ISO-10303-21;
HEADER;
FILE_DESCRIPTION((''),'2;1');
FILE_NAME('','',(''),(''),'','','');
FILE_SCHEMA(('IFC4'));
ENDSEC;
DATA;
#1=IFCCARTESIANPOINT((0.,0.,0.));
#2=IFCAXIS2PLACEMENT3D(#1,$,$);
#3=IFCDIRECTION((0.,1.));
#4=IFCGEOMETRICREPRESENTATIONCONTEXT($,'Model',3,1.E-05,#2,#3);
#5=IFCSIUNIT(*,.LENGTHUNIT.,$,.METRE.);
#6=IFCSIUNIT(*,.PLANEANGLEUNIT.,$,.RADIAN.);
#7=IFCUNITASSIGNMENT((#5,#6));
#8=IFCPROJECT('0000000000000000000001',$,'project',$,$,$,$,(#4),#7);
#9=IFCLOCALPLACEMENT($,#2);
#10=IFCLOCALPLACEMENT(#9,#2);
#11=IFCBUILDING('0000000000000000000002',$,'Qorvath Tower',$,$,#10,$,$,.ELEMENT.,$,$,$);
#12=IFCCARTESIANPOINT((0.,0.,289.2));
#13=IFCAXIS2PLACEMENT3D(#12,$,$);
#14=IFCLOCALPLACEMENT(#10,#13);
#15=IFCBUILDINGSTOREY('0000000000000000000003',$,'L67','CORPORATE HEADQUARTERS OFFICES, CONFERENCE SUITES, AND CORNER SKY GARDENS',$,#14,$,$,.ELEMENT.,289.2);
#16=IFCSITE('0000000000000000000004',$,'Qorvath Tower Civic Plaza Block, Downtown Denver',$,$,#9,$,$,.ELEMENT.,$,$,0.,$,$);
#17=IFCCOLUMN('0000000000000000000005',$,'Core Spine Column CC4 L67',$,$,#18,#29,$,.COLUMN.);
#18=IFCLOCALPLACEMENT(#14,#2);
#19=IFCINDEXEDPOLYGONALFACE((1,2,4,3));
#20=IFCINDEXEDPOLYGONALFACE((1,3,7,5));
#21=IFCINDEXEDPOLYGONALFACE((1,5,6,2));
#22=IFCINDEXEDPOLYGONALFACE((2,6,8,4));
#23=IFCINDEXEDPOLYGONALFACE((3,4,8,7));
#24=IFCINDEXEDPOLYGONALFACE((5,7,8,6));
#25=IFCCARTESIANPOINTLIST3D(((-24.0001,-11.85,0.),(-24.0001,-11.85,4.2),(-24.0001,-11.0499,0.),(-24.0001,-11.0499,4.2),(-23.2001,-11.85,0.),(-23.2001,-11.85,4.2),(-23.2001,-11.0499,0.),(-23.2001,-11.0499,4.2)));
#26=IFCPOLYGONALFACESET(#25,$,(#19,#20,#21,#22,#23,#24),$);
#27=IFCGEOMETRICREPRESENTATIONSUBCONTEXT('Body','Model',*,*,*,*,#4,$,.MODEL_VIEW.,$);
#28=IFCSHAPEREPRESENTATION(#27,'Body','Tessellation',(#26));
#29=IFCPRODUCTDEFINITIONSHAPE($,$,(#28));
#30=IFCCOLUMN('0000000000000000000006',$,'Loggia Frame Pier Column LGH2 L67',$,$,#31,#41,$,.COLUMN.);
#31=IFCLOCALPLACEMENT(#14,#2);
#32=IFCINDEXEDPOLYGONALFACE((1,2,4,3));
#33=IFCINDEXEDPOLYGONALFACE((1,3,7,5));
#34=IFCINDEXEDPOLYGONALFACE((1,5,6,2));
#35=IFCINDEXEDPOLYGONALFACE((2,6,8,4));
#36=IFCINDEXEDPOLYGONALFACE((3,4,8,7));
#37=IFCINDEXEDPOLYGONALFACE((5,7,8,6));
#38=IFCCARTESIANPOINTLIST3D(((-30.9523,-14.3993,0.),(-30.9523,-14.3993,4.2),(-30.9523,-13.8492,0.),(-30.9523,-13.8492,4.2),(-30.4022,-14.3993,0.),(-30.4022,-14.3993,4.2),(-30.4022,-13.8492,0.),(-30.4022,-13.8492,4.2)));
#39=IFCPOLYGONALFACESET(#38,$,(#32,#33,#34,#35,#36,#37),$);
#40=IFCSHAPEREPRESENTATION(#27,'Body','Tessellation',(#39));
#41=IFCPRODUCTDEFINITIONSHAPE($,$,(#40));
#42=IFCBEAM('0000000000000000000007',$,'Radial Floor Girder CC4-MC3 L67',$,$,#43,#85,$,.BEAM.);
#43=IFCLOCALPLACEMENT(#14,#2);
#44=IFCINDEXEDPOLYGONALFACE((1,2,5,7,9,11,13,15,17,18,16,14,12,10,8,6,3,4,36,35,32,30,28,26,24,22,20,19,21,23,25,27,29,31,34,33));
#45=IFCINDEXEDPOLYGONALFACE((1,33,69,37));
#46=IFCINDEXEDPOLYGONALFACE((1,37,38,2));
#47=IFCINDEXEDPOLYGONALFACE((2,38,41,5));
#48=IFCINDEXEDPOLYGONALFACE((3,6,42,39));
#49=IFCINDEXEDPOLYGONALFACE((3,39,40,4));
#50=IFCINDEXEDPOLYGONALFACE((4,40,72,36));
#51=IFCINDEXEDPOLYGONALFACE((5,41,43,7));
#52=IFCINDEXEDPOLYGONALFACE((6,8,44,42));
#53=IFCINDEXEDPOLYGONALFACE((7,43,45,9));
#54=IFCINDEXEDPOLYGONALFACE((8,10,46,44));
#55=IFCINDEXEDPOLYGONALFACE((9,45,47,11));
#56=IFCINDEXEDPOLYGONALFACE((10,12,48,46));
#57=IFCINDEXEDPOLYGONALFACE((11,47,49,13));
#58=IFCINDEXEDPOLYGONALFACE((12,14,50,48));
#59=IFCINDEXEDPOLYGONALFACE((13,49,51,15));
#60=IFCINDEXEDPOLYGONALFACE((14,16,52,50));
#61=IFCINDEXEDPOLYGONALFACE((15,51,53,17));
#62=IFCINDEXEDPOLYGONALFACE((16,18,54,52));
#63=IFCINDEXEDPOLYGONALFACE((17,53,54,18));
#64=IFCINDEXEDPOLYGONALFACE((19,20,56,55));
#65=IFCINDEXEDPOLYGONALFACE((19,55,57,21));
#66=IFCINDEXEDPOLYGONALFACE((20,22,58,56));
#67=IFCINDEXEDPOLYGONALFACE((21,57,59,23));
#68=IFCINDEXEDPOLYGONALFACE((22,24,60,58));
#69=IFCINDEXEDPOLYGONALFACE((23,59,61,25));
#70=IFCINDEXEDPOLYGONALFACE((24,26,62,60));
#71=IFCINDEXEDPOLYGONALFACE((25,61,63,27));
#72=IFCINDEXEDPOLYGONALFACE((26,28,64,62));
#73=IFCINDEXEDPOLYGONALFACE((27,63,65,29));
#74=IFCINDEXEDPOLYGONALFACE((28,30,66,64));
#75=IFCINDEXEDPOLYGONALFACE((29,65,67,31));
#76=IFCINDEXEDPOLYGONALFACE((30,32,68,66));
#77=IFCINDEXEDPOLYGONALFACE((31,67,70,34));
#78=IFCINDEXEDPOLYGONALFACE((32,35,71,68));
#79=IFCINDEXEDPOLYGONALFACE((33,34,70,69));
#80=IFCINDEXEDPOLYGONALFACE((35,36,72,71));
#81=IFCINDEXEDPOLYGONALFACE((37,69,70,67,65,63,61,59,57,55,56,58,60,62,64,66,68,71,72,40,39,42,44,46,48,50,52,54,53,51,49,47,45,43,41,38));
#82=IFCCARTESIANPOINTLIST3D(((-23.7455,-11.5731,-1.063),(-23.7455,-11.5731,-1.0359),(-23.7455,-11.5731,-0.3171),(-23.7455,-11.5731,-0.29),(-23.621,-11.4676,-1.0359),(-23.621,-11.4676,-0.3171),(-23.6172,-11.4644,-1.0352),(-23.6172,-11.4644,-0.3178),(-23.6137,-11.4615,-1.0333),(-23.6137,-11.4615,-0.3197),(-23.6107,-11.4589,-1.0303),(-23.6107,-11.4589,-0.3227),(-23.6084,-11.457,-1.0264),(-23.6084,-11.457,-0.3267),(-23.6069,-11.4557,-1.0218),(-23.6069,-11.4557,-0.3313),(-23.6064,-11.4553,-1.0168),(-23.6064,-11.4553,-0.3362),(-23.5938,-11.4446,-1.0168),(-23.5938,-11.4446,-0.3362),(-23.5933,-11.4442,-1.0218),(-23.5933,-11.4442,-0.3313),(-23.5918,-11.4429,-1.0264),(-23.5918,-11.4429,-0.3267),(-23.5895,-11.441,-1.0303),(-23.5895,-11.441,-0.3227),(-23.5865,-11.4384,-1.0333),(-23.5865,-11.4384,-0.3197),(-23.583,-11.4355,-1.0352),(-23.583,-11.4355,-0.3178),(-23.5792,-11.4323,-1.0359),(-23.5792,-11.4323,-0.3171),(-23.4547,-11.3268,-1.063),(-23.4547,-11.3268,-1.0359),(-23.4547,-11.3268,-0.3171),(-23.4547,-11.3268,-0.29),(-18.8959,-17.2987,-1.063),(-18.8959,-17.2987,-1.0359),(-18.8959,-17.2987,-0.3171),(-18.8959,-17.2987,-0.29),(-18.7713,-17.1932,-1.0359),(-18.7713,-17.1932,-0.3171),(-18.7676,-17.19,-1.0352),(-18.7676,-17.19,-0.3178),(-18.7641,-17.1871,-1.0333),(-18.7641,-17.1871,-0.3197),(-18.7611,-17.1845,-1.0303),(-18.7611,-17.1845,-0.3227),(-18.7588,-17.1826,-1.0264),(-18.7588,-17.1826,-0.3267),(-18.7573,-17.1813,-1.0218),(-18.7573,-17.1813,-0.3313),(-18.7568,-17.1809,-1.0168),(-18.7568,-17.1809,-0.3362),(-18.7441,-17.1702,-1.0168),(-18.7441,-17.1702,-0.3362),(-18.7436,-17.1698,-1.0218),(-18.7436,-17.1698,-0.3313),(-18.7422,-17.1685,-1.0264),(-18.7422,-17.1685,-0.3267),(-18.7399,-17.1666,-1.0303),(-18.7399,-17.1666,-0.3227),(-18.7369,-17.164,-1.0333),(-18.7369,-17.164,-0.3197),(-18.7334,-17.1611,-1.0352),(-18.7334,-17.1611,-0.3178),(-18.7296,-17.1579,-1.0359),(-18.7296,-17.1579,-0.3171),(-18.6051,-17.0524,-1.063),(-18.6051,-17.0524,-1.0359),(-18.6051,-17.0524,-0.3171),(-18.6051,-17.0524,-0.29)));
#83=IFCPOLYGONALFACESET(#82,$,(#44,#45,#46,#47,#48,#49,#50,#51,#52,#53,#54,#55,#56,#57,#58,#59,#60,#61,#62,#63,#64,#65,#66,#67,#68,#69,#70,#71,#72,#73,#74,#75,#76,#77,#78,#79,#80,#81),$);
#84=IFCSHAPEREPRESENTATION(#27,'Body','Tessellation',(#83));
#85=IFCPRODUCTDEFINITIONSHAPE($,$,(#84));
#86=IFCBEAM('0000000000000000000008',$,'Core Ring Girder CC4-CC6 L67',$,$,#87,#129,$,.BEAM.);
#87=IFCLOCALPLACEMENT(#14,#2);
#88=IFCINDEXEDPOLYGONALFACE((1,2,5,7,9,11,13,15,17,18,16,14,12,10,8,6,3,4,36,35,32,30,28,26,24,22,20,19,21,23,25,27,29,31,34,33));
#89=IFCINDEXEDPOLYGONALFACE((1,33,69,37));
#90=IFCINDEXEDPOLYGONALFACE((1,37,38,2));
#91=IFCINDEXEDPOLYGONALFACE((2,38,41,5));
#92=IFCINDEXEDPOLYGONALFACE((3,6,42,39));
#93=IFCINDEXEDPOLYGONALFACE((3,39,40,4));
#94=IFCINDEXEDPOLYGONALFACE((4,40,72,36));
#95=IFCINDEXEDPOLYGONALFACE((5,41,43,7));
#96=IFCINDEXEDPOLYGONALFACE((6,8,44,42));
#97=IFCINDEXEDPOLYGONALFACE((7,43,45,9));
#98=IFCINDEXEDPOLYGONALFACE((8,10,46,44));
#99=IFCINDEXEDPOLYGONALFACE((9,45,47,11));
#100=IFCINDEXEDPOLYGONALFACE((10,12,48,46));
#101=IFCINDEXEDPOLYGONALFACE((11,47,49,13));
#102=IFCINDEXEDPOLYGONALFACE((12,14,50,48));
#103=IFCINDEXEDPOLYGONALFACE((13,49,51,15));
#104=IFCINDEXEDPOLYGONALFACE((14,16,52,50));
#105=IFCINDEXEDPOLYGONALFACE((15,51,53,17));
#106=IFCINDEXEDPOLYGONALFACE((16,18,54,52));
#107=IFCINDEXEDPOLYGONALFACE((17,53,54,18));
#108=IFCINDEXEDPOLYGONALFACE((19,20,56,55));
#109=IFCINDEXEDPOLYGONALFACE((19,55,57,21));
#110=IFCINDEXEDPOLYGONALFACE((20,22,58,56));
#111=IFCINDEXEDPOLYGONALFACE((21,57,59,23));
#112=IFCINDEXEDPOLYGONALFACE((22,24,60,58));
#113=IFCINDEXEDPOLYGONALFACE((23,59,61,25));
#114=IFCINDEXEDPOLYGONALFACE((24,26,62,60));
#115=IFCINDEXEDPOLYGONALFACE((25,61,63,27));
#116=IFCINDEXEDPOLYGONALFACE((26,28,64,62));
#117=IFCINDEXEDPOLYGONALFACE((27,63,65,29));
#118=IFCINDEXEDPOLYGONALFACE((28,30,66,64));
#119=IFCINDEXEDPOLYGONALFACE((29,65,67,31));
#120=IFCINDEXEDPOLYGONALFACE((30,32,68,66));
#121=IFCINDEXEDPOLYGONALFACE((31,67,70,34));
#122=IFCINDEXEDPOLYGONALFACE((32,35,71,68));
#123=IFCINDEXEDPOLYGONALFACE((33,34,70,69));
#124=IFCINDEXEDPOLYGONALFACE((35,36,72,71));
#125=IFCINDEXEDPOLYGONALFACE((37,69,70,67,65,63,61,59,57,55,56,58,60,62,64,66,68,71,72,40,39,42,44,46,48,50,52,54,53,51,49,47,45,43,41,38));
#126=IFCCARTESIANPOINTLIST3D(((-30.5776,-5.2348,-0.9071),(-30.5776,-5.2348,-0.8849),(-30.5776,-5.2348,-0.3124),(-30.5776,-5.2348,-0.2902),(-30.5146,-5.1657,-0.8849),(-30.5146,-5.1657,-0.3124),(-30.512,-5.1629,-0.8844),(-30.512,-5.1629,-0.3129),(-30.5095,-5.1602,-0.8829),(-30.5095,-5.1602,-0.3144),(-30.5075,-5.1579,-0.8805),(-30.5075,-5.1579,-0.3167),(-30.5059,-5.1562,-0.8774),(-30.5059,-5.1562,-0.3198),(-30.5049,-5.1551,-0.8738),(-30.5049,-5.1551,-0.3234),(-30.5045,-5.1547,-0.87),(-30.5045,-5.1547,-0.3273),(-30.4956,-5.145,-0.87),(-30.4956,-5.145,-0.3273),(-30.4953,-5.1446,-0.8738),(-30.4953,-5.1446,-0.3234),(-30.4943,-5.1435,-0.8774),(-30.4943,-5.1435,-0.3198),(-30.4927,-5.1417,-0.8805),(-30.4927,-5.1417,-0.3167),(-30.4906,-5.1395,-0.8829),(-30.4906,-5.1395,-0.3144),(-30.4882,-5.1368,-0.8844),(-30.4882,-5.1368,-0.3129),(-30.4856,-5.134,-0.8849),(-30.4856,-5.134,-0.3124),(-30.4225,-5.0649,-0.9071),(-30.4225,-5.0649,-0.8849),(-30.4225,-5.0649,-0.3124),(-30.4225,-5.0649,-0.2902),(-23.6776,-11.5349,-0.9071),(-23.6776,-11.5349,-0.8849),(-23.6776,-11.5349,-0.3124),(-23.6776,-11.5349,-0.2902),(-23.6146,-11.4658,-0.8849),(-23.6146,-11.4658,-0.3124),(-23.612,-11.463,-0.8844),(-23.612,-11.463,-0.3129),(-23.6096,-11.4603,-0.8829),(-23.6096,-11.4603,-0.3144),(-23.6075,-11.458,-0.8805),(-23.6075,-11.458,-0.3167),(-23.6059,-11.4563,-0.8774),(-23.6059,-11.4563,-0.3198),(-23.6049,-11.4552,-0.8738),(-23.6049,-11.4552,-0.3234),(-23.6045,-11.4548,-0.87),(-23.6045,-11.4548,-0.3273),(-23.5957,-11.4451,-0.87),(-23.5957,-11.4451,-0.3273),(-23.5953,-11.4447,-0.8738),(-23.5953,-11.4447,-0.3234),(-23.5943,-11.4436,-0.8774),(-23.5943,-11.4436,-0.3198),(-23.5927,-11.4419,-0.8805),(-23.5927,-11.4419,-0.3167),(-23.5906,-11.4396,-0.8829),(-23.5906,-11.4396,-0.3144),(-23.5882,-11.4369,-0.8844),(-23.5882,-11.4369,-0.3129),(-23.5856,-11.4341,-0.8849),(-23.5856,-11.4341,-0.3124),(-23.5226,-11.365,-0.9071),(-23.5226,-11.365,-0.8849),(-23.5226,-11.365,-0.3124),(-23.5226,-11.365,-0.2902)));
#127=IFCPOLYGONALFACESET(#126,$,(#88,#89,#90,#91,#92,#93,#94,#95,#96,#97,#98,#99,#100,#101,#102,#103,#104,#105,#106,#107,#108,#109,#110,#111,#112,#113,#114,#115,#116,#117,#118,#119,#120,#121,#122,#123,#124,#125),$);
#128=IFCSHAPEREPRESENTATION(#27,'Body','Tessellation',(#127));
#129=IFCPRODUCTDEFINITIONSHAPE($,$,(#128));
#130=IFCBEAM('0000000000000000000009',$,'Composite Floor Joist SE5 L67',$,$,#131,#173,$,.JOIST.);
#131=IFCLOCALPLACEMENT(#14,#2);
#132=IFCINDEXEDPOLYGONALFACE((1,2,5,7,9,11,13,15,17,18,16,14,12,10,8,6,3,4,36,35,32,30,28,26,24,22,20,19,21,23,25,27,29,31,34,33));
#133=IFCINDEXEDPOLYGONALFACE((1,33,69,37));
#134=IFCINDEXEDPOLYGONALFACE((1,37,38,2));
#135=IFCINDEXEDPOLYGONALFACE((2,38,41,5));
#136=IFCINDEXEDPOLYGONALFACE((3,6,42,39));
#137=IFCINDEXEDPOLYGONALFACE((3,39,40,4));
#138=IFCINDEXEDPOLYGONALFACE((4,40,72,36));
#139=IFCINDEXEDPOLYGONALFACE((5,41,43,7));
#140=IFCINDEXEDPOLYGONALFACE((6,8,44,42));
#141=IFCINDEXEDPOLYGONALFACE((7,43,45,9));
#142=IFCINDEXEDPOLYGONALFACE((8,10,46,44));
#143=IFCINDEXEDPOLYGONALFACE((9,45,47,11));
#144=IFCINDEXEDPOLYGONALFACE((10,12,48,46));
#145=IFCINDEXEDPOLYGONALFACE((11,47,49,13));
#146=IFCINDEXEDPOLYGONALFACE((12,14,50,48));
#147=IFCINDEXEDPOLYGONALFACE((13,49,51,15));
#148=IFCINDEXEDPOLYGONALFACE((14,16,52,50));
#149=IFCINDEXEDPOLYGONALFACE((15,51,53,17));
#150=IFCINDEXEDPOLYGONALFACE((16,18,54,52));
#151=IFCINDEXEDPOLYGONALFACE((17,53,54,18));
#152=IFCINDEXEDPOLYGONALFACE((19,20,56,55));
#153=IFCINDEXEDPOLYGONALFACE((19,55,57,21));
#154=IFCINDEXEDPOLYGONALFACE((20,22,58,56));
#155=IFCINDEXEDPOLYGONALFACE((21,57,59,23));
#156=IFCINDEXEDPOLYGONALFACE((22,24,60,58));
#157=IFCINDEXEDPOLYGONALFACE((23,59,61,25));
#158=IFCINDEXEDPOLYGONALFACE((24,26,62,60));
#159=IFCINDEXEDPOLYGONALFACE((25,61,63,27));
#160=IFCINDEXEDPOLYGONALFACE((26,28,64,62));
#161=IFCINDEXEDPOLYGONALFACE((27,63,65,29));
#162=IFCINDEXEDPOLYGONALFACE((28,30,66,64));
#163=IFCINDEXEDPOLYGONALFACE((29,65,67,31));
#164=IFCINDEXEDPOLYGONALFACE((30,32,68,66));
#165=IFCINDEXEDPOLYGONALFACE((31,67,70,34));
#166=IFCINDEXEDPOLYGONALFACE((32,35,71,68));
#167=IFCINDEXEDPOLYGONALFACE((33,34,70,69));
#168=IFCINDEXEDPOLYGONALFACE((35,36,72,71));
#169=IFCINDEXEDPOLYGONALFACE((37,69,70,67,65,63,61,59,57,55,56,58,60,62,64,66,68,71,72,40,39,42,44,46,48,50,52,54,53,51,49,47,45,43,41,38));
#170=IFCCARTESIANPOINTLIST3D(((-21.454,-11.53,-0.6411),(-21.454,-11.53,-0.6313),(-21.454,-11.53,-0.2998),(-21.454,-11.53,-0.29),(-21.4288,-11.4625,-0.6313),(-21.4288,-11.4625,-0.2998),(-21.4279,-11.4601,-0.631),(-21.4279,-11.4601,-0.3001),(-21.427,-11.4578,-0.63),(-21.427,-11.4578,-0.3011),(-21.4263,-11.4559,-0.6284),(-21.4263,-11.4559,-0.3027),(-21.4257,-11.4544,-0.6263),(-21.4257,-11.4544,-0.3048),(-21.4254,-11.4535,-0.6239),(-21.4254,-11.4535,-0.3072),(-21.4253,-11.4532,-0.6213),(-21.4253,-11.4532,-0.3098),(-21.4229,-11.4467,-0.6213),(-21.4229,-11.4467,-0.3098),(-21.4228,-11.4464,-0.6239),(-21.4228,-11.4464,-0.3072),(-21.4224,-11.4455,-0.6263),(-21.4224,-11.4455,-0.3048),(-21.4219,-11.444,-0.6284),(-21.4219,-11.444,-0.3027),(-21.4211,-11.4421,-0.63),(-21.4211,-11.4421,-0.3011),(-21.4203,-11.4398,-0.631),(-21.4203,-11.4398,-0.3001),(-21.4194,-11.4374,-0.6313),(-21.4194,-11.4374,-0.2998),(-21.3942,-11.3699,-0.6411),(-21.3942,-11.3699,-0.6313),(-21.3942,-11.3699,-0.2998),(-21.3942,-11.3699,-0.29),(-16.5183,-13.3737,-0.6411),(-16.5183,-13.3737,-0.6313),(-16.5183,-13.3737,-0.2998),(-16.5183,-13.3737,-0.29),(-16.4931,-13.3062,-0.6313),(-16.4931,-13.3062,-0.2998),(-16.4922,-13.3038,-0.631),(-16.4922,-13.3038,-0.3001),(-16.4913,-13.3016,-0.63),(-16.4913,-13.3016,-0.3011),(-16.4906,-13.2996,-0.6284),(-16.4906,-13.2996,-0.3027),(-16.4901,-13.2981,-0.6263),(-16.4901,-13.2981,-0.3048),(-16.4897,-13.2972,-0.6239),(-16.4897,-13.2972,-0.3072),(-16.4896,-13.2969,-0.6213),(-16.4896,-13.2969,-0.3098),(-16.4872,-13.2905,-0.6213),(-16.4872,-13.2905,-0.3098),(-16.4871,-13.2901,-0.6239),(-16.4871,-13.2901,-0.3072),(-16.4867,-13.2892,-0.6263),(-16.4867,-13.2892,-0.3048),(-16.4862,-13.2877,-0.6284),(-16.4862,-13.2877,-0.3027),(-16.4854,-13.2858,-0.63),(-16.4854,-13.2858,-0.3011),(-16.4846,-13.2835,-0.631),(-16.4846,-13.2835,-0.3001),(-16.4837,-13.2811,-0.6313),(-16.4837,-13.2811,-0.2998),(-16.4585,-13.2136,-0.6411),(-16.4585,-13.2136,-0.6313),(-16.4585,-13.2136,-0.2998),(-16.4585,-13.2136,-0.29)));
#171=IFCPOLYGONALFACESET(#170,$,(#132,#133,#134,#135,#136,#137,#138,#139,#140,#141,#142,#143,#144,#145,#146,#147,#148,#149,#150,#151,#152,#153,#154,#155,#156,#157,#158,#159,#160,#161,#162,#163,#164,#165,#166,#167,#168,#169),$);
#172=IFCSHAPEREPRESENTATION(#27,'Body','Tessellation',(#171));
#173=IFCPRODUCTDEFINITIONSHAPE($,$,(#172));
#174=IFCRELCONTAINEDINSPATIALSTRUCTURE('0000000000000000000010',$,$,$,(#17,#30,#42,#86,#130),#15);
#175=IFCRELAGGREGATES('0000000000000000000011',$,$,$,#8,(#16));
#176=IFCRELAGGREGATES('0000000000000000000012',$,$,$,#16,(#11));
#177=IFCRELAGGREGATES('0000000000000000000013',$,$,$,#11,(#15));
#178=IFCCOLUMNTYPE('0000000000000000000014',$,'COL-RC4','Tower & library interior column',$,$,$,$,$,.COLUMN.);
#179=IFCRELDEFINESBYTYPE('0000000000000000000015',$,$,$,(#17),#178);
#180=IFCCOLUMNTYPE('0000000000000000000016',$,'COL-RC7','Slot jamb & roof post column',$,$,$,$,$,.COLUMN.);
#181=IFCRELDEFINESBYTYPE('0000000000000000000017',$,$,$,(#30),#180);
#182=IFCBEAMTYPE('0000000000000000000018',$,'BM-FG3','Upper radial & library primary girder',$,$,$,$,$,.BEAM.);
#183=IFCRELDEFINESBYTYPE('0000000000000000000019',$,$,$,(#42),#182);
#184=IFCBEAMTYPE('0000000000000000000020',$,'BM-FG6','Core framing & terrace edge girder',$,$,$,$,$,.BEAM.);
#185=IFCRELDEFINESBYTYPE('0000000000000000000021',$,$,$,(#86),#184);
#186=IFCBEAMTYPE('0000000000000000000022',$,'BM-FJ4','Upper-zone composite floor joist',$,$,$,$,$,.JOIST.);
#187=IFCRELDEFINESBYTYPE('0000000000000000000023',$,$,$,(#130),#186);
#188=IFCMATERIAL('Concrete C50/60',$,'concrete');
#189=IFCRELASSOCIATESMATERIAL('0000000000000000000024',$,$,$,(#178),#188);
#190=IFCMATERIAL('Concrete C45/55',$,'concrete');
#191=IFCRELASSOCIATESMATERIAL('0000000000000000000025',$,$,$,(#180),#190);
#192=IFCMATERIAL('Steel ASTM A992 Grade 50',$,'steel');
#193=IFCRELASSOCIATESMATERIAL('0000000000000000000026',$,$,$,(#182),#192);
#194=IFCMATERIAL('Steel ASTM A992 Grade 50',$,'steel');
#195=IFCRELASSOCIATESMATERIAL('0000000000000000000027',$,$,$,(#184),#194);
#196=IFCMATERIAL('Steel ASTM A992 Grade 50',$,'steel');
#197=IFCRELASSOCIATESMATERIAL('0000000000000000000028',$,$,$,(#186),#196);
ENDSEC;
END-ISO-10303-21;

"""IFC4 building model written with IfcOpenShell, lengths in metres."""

from ifc_helpers import new_model, si_unit, direction, frame, origin, origin_2d, place, context, subcontext, project, spatial, rectangle, i_section, extrude, material, material_profile, profile_set, type_object, element, save


model = new_model("IFC4")

# Units and contexts
model_context = context("Model", 3, precision=1e-05, world=origin(), true_north=direction((0.0, 1.0)))
body_context = subcontext(model_context, "Body", "Model", "MODEL_VIEW")
ifc_project = project(units=[si_unit("LENGTHUNIT", "METRE"), si_unit("PLANEANGLEUNIT", "RADIAN")], contexts=[model_context])

# Site, building, storey
site_placement = place(None, origin())
site = spatial("IfcSite", under=ifc_project, at=site_placement, Name="Qorvath Tower Civic Plaza Block, Downtown Denver", CompositionType="ELEMENT", RefElevation=0.0)
building_placement = place(site_placement, origin())
building = spatial("IfcBuilding", under=site, at=building_placement, Name="Qorvath Tower", CompositionType="ELEMENT")
storey_placement = place(building_placement, frame((0.0, 0.0, 289.2)))
storey = spatial("IfcBuildingStorey", under=building, at=storey_placement, Name="L67", Description="CORPORATE HEADQUARTERS OFFICES, CONFERENCE SUITES, AND CORNER SKY GARDENS", CompositionType="ELEMENT", Elevation=289.2)

# Columns
ifc_material_1 = material(Name="Concrete C50/60", Category="concrete")
ifc_material_profile_1 = material_profile(ifc_material_1, rectangle(XDim=0.8, YDim=0.8, at=origin_2d()), Name="RC 800x800")
ifc_profile_set_1 = profile_set([ifc_material_profile_1], Name="Concrete C50/60")
column_type_1 = type_object("IfcColumnType", Name="COL-RC4", Description="Tower & library interior column", PredefinedType="COLUMN", material=ifc_profile_set_1)
column_1_placement = place(storey_placement, frame((-23.6001, -11.45, 0.0), z_axis=(0.0, 0.0, 1.0), x_axis=(1.0, 0.0, 0.0)))
element("IfcColumn", 1, at=column_1_placement, inside=storey, type_object=column_type_1, Name="Core Spine Column CC4 L67", PredefinedType="COLUMN", context=body_context, shape_type="SweptSolid", body=[
    extrude(rectangle(XDim=0.8, YDim=0.8, at=origin_2d()), origin(), (0.0, 0.0, 1.0), 4.2),
])
ifc_material_2 = material(Name="Concrete C45/55", Category="concrete")
ifc_material_profile_2 = material_profile(ifc_material_2, rectangle(XDim=0.55, YDim=0.55, at=origin_2d()), Name="RC 550x550")
ifc_profile_set_2 = profile_set([ifc_material_profile_2], Name="Concrete C45/55")
column_type_2 = type_object("IfcColumnType", Name="COL-RC7", Description="Slot jamb & roof post column", PredefinedType="COLUMN", material=ifc_profile_set_2)
column_2_placement = place(storey_placement, frame((-30.6772, -14.1243, 0.0), z_axis=(0.0, 0.0, 1.0), x_axis=(1.0, 0.0, 0.0)))
element("IfcColumn", 2, at=column_2_placement, inside=storey, type_object=column_type_2, Name="Loggia Frame Pier Column LGH2 L67", PredefinedType="COLUMN", context=body_context, shape_type="SweptSolid", body=[
    extrude(rectangle(XDim=0.55, YDim=0.55, at=origin_2d()), origin(), (0.0, 0.0, 1.0), 4.2),
])

# Beams
ifc_material_3 = material(Name="Steel ASTM A992 Grade 50", Category="steel")
ifc_material_profile_3 = material_profile(ifc_material_3, i_section(OverallWidth=0.3811, OverallDepth=0.7729, WebThickness=0.0166, FlangeThickness=0.0271, FilletRadius=0.019, at=origin_2d()), Name="W30x173")
ifc_profile_set_3 = profile_set([ifc_material_profile_3], Name="Steel ASTM A992 Grade 50")
beam_type_1 = type_object("IfcBeamType", Name="BM-FG3", Description="Upper radial & library primary girder", PredefinedType="BEAM", material=ifc_profile_set_3)
beam_1_placement = place(storey_placement, frame((-23.6001, -11.45, -0.6765), z_axis=(0.646321, -0.763065, 0.0), x_axis=(0.763065, 0.646321, 0.0)))
element("IfcBeam", 3, at=beam_1_placement, inside=storey, type_object=beam_type_1, Name="Radial Floor Girder CC4-MC3 L67", PredefinedType="BEAM", context=body_context, shape_type="SweptSolid", body=[
    extrude(i_section(OverallWidth=0.3811, OverallDepth=0.7729, WebThickness=0.0166, FlangeThickness=0.0271, FilletRadius=0.019, at=origin_2d()), origin(), (0.0, 0.0, 1.0), 7.5034),
])
ifc_material_4 = material(Name="Steel ASTM A992 Grade 50", Category="steel")
ifc_material_profile_4 = material_profile(ifc_material_4, i_section(OverallWidth=0.23, OverallDepth=0.6169, WebThickness=0.0132, FlangeThickness=0.0222, FilletRadius=0.0149, at=origin_2d()), Name="W24x94")
ifc_profile_set_4 = profile_set([ifc_material_profile_4], Name="Steel ASTM A992 Grade 50")
beam_type_2 = type_object("IfcBeamType", Name="BM-FG6", Description="Core framing & terrace edge girder", PredefinedType="BEAM", material=ifc_profile_set_4)
beam_2_placement = place(storey_placement, frame((-23.6001, -11.45, -0.5986), z_axis=(-0.738478, 0.674277, 0.0), x_axis=(-0.674277, -0.738478, 0.0)))
element("IfcBeam", 4, at=beam_2_placement, inside=storey, type_object=beam_type_2, Name="Core Ring Girder CC4-CC6 L67", PredefinedType="BEAM", context=body_context, shape_type="SweptSolid", body=[
    extrude(i_section(OverallWidth=0.23, OverallDepth=0.6169, WebThickness=0.0132, FlangeThickness=0.0222, FilletRadius=0.0149, at=origin_2d()), origin(), (0.0, 0.0, 1.0), 9.3435),
])
ifc_material_5 = material(Name="Steel ASTM A992 Grade 50", Category="steel")
ifc_material_profile_5 = material_profile(ifc_material_5, i_section(OverallWidth=0.1709, OverallDepth=0.3511, WebThickness=0.0068, FlangeThickness=0.0098, FilletRadius=0.01, at=origin_2d()), Name="W14x30")
ifc_profile_set_5 = profile_set([ifc_material_profile_5], Name="Steel ASTM A992 Grade 50")
beam_type_3 = type_object("IfcBeamType", Name="BM-FJ4", Description="Upper-zone composite floor joist", PredefinedType="JOIST", material=ifc_profile_set_5)
beam_3_placement = place(storey_placement, frame((-21.4241, -11.45, -0.4656), z_axis=(0.936776, -0.34993, 0.0), x_axis=(0.34993, 0.936776, 0.0)))
element("IfcBeam", 5, at=beam_3_placement, inside=storey, type_object=beam_type_3, Name="Composite Floor Joist SE5 L67", PredefinedType="JOIST", context=body_context, shape_type="SweptSolid", body=[
    extrude(i_section(OverallWidth=0.1709, OverallDepth=0.3511, WebThickness=0.0068, FlangeThickness=0.0098, FilletRadius=0.01, at=origin_2d()), origin(), (0.0, 0.0, 1.0), 5.2688),
])

save(model, "model.ifc")
